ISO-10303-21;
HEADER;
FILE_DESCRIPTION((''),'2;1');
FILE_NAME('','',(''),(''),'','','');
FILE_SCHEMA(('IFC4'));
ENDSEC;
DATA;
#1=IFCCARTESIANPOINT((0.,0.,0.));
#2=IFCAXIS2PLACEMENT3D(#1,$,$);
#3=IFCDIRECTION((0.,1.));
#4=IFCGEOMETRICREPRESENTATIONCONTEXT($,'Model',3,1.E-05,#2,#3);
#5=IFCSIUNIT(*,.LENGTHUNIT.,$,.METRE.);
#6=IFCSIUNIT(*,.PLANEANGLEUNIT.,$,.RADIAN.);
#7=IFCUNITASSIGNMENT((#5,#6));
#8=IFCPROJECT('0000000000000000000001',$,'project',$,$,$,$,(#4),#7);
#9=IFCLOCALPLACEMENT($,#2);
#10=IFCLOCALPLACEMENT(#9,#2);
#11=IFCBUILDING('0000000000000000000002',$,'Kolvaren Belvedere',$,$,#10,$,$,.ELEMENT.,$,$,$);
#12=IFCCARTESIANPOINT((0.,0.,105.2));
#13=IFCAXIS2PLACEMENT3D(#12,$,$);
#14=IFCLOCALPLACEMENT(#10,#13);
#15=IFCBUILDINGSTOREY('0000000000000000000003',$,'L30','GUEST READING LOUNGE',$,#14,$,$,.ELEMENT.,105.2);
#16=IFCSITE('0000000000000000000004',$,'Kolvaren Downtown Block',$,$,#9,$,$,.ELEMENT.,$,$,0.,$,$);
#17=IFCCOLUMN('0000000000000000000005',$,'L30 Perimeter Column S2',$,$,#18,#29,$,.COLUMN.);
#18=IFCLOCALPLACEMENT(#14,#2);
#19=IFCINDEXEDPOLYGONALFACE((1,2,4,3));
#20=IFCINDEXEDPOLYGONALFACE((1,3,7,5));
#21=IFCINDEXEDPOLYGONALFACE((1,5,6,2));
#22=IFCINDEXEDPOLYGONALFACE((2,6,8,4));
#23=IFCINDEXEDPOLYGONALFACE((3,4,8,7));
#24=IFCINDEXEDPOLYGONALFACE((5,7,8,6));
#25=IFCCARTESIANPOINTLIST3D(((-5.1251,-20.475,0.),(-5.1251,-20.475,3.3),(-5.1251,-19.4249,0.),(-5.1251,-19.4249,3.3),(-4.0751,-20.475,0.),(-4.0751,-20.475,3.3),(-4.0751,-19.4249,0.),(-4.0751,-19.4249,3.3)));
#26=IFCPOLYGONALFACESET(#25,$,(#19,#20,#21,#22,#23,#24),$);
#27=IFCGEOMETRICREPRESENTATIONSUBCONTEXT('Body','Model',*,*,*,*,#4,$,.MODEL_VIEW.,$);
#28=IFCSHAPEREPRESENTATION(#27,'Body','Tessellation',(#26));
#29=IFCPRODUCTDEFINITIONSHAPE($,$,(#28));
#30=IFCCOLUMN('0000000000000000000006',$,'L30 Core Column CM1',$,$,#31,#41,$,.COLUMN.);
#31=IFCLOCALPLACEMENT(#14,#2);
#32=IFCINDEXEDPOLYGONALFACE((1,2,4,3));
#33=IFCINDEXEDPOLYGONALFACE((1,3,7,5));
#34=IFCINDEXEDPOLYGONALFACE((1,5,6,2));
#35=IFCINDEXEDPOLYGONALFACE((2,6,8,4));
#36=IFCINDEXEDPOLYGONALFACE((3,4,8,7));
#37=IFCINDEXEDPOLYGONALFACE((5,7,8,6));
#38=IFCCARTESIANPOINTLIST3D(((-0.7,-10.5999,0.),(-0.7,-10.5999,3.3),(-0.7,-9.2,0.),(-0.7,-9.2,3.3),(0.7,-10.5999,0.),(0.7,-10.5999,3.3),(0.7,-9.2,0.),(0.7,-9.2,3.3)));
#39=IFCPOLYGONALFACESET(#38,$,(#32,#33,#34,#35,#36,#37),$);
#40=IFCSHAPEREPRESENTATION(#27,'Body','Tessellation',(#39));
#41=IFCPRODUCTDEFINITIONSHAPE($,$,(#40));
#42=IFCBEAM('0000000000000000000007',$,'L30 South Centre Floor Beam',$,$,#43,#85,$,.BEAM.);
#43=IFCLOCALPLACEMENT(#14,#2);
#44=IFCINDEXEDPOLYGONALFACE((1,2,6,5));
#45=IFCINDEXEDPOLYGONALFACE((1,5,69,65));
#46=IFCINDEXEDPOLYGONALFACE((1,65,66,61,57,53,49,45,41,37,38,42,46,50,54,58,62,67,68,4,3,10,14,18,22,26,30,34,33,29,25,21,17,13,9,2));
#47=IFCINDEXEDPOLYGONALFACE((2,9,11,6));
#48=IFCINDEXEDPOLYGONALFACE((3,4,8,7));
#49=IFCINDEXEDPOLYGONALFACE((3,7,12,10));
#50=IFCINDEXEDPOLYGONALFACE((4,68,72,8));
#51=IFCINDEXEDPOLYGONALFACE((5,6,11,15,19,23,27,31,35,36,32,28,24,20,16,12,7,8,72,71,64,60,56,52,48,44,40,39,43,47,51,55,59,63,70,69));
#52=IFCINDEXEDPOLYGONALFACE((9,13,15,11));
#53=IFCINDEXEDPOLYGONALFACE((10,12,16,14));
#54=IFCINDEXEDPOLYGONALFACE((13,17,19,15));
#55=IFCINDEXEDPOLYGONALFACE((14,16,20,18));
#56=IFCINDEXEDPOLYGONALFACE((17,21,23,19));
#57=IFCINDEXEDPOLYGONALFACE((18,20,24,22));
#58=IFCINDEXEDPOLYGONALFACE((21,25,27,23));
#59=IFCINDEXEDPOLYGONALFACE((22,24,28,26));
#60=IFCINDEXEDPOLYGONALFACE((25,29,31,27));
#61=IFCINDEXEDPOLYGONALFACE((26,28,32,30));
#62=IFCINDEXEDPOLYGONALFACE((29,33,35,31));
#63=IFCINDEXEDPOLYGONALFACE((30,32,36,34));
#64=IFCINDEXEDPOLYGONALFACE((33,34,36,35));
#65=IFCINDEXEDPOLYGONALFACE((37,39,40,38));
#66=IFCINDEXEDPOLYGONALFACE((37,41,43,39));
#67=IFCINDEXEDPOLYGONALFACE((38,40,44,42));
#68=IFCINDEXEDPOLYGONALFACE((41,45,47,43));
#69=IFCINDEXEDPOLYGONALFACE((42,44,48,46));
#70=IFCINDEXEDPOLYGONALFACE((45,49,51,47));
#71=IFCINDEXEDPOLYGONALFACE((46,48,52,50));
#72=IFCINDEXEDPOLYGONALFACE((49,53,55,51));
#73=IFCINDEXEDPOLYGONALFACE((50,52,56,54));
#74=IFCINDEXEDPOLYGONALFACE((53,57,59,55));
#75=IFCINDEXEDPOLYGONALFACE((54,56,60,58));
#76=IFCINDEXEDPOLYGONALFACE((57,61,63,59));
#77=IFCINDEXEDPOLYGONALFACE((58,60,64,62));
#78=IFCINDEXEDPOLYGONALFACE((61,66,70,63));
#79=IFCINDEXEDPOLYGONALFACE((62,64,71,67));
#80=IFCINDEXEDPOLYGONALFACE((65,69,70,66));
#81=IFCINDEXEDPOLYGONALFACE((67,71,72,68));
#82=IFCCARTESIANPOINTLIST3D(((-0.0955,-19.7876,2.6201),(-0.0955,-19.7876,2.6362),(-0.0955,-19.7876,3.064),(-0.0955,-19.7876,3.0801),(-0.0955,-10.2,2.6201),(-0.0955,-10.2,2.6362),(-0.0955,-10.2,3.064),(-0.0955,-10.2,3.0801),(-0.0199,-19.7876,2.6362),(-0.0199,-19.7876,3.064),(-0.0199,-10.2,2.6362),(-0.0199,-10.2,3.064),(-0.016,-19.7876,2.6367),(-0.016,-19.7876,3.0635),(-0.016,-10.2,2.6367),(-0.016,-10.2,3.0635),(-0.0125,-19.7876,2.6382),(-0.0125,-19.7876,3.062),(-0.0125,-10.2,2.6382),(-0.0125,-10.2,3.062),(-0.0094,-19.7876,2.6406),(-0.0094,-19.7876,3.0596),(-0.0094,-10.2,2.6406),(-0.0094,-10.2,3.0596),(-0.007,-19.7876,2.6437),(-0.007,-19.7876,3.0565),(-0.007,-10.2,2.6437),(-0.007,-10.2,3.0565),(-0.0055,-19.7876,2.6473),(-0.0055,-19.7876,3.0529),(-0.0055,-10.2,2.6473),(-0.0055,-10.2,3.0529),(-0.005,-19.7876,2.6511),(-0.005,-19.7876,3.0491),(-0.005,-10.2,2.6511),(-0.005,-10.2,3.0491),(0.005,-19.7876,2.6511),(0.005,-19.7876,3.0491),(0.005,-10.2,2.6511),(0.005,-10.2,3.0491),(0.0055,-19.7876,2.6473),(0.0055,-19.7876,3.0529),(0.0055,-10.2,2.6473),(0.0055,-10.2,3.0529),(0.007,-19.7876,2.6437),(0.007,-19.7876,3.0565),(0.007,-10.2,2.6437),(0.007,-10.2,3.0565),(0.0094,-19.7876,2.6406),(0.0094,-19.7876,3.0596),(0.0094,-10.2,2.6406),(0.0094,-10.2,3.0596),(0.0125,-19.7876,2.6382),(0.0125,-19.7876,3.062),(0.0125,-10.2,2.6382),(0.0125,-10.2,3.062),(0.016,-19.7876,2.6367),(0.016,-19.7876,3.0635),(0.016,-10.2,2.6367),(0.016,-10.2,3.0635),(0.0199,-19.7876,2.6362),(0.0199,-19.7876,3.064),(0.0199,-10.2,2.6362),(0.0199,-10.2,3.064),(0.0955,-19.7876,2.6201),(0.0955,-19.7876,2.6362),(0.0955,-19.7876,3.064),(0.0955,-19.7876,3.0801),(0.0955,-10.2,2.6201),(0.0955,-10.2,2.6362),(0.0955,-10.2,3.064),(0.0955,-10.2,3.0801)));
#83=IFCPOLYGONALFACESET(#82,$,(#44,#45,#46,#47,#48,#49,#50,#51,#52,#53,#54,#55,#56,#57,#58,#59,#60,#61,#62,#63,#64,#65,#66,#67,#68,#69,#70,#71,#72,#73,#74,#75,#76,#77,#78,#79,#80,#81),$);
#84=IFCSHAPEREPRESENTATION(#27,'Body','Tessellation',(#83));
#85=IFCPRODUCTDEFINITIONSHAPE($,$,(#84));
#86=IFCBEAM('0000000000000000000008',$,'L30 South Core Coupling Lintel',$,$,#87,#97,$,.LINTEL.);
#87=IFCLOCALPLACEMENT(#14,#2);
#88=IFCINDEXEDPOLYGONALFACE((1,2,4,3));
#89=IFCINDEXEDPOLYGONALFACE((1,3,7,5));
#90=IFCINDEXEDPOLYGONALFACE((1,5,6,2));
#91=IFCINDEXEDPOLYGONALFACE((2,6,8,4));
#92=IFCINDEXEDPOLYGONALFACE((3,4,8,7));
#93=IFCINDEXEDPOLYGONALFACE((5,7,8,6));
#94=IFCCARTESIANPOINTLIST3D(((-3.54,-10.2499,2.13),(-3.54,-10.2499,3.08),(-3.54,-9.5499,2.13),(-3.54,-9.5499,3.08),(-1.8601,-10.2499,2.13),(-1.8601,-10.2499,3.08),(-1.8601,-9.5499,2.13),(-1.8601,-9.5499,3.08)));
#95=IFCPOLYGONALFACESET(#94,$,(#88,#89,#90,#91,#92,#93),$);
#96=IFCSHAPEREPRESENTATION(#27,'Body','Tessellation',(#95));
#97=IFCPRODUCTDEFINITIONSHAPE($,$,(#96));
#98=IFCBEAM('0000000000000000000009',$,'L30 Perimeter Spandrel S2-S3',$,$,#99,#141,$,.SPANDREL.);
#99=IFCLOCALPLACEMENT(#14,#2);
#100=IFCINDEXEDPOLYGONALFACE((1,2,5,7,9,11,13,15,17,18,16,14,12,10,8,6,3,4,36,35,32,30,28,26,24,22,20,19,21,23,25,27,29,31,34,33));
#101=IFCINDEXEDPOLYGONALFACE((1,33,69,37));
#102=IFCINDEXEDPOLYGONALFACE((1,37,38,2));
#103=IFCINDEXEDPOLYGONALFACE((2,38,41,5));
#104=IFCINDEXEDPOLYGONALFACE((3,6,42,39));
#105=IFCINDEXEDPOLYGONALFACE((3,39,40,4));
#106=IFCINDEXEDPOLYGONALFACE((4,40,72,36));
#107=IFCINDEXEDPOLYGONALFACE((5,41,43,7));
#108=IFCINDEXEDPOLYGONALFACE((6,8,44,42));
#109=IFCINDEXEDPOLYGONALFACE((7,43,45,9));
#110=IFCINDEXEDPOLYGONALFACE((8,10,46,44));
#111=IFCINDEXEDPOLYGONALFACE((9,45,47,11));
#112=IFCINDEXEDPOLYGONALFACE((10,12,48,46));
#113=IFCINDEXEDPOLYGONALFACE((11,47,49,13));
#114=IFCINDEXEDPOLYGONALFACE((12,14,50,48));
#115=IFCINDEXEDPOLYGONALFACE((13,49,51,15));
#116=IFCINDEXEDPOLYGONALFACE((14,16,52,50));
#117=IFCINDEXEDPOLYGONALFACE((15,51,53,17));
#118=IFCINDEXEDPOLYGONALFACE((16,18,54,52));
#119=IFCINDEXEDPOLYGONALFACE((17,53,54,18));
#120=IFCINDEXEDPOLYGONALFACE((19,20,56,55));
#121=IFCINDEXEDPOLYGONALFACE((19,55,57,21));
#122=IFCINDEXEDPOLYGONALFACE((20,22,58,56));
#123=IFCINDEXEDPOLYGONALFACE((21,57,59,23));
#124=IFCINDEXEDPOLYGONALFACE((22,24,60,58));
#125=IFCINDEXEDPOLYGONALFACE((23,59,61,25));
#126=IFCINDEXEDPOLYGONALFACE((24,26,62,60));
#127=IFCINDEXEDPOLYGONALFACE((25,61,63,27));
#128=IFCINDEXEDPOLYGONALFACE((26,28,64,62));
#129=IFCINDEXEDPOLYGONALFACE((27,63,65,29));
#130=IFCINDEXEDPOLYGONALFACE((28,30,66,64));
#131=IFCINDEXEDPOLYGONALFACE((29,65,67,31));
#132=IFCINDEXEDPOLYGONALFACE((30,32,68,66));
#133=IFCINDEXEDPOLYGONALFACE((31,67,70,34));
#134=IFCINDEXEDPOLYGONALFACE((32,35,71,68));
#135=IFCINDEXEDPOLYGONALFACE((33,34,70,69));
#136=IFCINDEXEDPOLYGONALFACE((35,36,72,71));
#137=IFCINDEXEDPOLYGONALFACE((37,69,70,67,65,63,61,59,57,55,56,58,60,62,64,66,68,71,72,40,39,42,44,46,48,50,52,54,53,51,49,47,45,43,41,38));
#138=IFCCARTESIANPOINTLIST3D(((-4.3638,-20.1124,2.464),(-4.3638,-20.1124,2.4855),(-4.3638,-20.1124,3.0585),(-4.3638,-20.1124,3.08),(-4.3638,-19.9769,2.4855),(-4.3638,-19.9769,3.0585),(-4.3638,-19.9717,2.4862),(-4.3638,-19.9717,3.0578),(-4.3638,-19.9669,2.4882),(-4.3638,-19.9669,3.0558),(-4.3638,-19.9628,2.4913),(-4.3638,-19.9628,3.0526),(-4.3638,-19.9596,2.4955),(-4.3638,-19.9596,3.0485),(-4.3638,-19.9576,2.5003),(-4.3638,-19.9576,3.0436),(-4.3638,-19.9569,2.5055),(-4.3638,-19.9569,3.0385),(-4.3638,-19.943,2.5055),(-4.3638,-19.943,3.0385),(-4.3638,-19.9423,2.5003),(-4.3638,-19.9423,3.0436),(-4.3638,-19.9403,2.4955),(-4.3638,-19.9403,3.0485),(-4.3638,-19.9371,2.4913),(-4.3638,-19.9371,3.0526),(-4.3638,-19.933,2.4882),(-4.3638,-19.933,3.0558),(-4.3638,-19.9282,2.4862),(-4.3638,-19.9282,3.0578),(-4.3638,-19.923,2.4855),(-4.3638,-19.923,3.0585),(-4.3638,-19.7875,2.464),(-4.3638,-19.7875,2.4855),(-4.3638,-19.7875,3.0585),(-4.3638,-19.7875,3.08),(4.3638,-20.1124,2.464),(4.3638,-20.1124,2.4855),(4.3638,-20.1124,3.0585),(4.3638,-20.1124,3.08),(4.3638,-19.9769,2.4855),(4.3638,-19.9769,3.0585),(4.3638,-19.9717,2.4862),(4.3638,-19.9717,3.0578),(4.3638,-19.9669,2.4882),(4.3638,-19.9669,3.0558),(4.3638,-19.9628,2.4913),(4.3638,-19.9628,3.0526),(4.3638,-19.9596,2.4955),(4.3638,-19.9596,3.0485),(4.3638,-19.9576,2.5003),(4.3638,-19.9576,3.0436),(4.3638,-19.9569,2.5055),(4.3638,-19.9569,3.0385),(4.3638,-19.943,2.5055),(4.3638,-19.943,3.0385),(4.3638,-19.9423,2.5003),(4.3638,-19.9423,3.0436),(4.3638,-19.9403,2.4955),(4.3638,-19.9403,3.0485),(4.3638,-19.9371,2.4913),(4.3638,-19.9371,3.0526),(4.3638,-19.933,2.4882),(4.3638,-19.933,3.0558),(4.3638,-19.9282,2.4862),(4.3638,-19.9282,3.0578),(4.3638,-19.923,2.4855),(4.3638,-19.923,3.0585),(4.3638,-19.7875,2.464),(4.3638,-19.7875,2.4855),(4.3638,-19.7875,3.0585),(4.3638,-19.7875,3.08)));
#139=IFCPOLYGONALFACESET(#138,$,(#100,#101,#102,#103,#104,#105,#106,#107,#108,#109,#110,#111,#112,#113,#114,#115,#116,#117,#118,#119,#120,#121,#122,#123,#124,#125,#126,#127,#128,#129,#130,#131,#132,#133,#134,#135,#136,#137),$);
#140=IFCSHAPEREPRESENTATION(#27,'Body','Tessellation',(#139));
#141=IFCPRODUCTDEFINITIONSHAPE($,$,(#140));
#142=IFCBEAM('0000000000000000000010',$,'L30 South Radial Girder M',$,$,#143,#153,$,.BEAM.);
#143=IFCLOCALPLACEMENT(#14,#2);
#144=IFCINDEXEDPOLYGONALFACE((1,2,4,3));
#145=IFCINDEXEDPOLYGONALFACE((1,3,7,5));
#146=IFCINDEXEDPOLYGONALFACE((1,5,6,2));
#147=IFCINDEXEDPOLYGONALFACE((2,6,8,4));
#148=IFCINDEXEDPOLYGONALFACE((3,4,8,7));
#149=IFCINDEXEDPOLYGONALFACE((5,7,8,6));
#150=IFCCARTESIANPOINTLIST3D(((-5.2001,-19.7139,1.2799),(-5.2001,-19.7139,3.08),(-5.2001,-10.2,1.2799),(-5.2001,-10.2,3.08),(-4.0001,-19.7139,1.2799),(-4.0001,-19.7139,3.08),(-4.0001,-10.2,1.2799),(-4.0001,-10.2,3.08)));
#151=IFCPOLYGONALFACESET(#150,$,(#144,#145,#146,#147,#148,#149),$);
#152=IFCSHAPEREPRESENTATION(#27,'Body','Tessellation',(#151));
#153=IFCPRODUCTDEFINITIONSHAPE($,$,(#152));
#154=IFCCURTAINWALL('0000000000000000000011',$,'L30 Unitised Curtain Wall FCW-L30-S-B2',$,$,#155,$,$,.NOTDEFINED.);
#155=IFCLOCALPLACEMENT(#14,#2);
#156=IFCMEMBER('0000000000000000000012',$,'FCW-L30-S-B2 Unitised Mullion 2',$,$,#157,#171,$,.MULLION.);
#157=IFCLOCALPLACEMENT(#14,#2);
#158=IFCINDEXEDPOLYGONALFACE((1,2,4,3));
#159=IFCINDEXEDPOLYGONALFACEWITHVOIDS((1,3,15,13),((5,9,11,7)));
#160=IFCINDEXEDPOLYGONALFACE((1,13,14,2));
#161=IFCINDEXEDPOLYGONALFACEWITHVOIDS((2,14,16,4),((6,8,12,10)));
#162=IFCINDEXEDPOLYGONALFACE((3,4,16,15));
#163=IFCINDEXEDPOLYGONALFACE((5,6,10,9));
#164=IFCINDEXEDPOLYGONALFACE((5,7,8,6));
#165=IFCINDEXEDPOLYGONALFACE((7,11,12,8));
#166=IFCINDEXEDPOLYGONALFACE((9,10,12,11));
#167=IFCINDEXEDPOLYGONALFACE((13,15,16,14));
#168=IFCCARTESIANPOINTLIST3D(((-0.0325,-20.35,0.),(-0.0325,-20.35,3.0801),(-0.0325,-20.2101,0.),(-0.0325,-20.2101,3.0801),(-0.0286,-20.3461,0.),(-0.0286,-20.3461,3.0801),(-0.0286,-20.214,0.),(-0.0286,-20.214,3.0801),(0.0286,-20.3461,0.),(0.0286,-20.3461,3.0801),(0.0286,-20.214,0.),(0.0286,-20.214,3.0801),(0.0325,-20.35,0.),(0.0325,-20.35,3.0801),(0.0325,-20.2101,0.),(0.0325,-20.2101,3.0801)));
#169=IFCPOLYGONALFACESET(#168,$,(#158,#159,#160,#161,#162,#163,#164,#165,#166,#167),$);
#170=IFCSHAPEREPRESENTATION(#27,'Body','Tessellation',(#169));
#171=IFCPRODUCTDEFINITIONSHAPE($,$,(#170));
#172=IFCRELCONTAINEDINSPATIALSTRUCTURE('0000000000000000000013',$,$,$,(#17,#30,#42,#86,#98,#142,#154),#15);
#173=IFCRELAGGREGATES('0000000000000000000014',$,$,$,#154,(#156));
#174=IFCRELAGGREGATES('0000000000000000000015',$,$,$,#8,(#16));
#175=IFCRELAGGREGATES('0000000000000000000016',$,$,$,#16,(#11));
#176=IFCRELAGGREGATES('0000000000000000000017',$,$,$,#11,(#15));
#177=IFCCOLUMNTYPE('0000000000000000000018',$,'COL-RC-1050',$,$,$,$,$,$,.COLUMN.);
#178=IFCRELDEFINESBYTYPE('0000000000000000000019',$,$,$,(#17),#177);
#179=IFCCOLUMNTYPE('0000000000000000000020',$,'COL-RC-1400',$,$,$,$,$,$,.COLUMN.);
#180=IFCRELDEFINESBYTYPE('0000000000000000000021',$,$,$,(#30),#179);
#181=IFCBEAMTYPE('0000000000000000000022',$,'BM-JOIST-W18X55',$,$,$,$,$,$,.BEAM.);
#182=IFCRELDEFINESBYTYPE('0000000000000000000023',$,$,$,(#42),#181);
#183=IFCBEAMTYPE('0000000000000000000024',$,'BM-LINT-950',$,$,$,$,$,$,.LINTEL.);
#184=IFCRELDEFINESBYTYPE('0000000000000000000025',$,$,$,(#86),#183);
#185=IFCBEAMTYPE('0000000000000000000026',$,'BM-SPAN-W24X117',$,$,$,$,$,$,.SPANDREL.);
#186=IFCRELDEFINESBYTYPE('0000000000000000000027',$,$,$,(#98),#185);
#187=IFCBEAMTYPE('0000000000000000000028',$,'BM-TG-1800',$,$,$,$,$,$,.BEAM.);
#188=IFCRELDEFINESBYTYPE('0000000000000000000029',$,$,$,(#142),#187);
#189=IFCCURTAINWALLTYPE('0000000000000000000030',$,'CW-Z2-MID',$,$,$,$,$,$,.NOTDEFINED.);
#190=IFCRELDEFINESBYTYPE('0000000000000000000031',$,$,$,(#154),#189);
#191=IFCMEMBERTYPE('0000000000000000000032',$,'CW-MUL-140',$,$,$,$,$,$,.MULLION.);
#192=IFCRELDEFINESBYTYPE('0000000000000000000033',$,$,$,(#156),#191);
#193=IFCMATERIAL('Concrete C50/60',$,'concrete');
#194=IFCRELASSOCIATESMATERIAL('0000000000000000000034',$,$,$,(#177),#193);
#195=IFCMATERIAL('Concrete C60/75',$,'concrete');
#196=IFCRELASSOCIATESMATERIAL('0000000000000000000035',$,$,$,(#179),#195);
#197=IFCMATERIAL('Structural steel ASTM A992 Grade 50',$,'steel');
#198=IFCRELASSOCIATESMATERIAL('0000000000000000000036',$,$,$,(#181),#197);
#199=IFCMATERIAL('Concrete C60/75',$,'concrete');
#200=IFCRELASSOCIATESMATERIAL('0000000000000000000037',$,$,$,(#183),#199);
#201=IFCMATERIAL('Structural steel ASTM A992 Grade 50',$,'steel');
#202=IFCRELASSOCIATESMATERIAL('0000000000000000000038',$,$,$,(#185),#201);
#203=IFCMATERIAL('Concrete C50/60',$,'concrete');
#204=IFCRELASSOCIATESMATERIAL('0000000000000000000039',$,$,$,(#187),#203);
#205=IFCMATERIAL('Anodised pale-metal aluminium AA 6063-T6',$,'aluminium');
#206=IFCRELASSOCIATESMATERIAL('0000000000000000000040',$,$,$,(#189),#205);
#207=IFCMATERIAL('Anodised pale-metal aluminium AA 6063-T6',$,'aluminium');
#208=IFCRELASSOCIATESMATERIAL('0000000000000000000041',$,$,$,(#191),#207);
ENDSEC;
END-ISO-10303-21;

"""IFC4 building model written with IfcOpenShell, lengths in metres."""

from ifc_helpers import new_model, si_unit, direction, frame, origin, origin_2d, place, context, subcontext, project, spatial, rectangle, hollow_rectangle, i_section, extrude, material, material_profile, profile_set, type_object, element, aggregate, save


model = new_model("IFC4")

# Units and contexts
model_context = context("Model", 3, precision=1e-05, world=origin(), true_north=direction((0.0, 1.0)))
body_context = subcontext(model_context, "Body", "Model", "MODEL_VIEW")
ifc_project = project(units=[si_unit("LENGTHUNIT", "METRE"), si_unit("PLANEANGLEUNIT", "RADIAN")], contexts=[model_context])

# Site, building, storey
site_placement = place(None, origin())
site = spatial("IfcSite", under=ifc_project, at=site_placement, Name="Kolvaren Downtown Block", CompositionType="ELEMENT", RefElevation=0.0)
building_placement = place(site_placement, origin())
building = spatial("IfcBuilding", under=site, at=building_placement, Name="Kolvaren Belvedere", CompositionType="ELEMENT")
storey_placement = place(building_placement, frame((0.0, 0.0, 105.2)))
storey = spatial("IfcBuildingStorey", under=building, at=storey_placement, Name="L30", Description="GUEST READING LOUNGE", CompositionType="ELEMENT", Elevation=105.2)

# Columns
ifc_material_1 = material(Name="Concrete C50/60", Category="concrete")
ifc_material_profile_1 = material_profile(ifc_material_1, rectangle(XDim=1.05, YDim=1.05, at=origin_2d()), Name="RC 1050X1050")
ifc_profile_set_1 = profile_set([ifc_material_profile_1], Name="Concrete C50/60")
column_type_1 = type_object("IfcColumnType", Name="COL-RC-1050", PredefinedType="COLUMN", material=ifc_profile_set_1)
column_1_placement = place(storey_placement, frame((-4.6001, -19.95, 0.0), z_axis=(0.0, 0.0, 1.0), x_axis=(1.0, 0.0, 0.0)))
element("IfcColumn", 1, at=column_1_placement, inside=storey, type_object=column_type_1, Name="L30 Perimeter Column S2", PredefinedType="COLUMN", context=body_context, shape_type="SweptSolid", body=[
    extrude(rectangle(XDim=1.05, YDim=1.05, at=origin_2d()), origin(), (0.0, 0.0, 1.0), 3.3),
])
ifc_material_2 = material(Name="Concrete C60/75", Category="concrete")
ifc_material_profile_2 = material_profile(ifc_material_2, rectangle(XDim=1.3999, YDim=1.3999, at=origin_2d()), Name="RC 1400X1400")
ifc_profile_set_2 = profile_set([ifc_material_profile_2], Name="Concrete C60/75")
column_type_2 = type_object("IfcColumnType", Name="COL-RC-1400", PredefinedType="COLUMN", material=ifc_profile_set_2)
column_2_placement = place(storey_placement, frame((0.0, -9.8999, 0.0), z_axis=(0.0, 0.0, 1.0), x_axis=(1.0, 0.0, 0.0)))
element("IfcColumn", 2, at=column_2_placement, inside=storey, type_object=column_type_2, Name="L30 Core Column CM1", PredefinedType="COLUMN", context=body_context, shape_type="SweptSolid", body=[
    extrude(rectangle(XDim=1.3999, YDim=1.3999, at=origin_2d()), origin(), (0.0, 0.0, 1.0), 3.3),
])

# Beams
ifc_material_3 = material(Name="Structural steel ASTM A992 Grade 50", Category="steel")
ifc_material_profile_3 = material_profile(ifc_material_3, i_section(OverallWidth=0.1909, OverallDepth=0.46, WebThickness=0.01, FlangeThickness=0.0161, FilletRadius=0.0149, at=origin_2d()), Name="W18X55")
ifc_profile_set_3 = profile_set([ifc_material_profile_3], Name="Structural steel ASTM A992 Grade 50")
beam_type_1 = type_object("IfcBeamType", Name="BM-JOIST-W18X55", PredefinedType="BEAM", material=ifc_profile_set_3)
beam_1_placement = place(storey_placement, frame((0.0, -10.2, 2.8501), z_axis=(0.0, -1.0, 0.0), x_axis=(1.0, 0.0, 0.0)))
element("IfcBeam", 3, at=beam_1_placement, inside=storey, type_object=beam_type_1, Name="L30 South Centre Floor Beam", PredefinedType="BEAM", context=body_context, shape_type="SweptSolid", body=[
    extrude(i_section(OverallWidth=0.1909, OverallDepth=0.46, WebThickness=0.01, FlangeThickness=0.0161, FilletRadius=0.0149, at=origin_2d()), origin(), (0.0, 0.0, 1.0), 9.5876),
])
ifc_material_4 = material(Name="Concrete C60/75", Category="concrete")
ifc_material_profile_4 = material_profile(ifc_material_4, rectangle(XDim=0.7, YDim=0.95, at=origin_2d()), Name="RC 700X950")
ifc_profile_set_4 = profile_set([ifc_material_profile_4], Name="Concrete C60/75")
beam_type_2 = type_object("IfcBeamType", Name="BM-LINT-950", PredefinedType="LINTEL", material=ifc_profile_set_4)
beam_2_placement = place(storey_placement, frame((-3.54, -9.8999, 2.605), z_axis=(1.0, 0.0, 0.0), x_axis=(0.0, 1.0, 0.0)))
element("IfcBeam", 4, at=beam_2_placement, inside=storey, type_object=beam_type_2, Name="L30 South Core Coupling Lintel", PredefinedType="LINTEL", context=body_context, shape_type="SweptSolid", body=[
    extrude(rectangle(XDim=0.7, YDim=0.95, at=origin_2d()), origin(), (0.0, 0.0, 1.0), 1.6799),
])
ifc_material_5 = material(Name="Structural steel ASTM A992 Grade 50", Category="steel")
ifc_material_profile_5 = material_profile(ifc_material_5, i_section(OverallWidth=0.325, OverallDepth=0.616, WebThickness=0.0139, FlangeThickness=0.0215, FilletRadius=0.02, at=origin_2d()), Name="W24X117")
ifc_profile_set_5 = profile_set([ifc_material_profile_5], Name="Structural steel ASTM A992 Grade 50")
beam_type_3 = type_object("IfcBeamType", Name="BM-SPAN-W24X117", PredefinedType="SPANDREL", material=ifc_profile_set_5)
beam_3_placement = place(storey_placement, frame((-4.3638, -19.95, 2.772), z_axis=(1.0, 0.0, 0.0), x_axis=(0.0, 1.0, 0.0)))
element("IfcBeam", 5, at=beam_3_placement, inside=storey, type_object=beam_type_3, Name="L30 Perimeter Spandrel S2-S3", PredefinedType="SPANDREL", context=body_context, shape_type="SweptSolid", body=[
    extrude(i_section(OverallWidth=0.325, OverallDepth=0.616, WebThickness=0.0139, FlangeThickness=0.0215, FilletRadius=0.02, at=origin_2d()), origin(), (0.0, 0.0, 1.0), 8.7275),
])
ifc_material_6 = material(Name="Concrete C50/60", Category="concrete")
ifc_material_profile_6 = material_profile(ifc_material_6, rectangle(XDim=1.2, YDim=1.8, at=origin_2d()), Name="RC 1200X1800")
ifc_profile_set_6 = profile_set([ifc_material_profile_6], Name="Concrete C50/60")
beam_type_4 = type_object("IfcBeamType", Name="BM-TG-1800", PredefinedType="BEAM", material=ifc_profile_set_6)
beam_4_placement = place(storey_placement, frame((-4.6001, -10.2, 2.1799), z_axis=(0.0, -1.0, 0.0), x_axis=(1.0, 0.0, 0.0)))
element("IfcBeam", 6, at=beam_4_placement, inside=storey, type_object=beam_type_4, Name="L30 South Radial Girder M", PredefinedType="BEAM", context=body_context, shape_type="SweptSolid", body=[
    extrude(rectangle(XDim=1.2, YDim=1.8, at=origin_2d()), origin(), (0.0, 0.0, 1.0), 9.5139),
])

# Curtain wall, member
ifc_material_7 = material(Name="Anodised pale-metal aluminium AA 6063-T6", Category="aluminium")
curtain_wall_type = type_object("IfcCurtainWallType", Name="CW-Z2-MID", PredefinedType="NOTDEFINED", material=ifc_material_7)
curtain_wall_1_placement = place(storey_placement, origin())
curtain_wall_1 = element("IfcCurtainWall", 7, at=curtain_wall_1_placement, inside=storey, type_object=curtain_wall_type, Name="L30 Unitised Curtain Wall FCW-L30-S-B2", PredefinedType="NOTDEFINED")
ifc_material_8 = material(Name="Anodised pale-metal aluminium AA 6063-T6", Category="aluminium")
ifc_material_profile_7 = material_profile(ifc_material_8, hollow_rectangle(XDim=0.0649, YDim=0.1399, WallThickness=0.0039, at=origin_2d()), Name="ALU-MUL-140X65")
ifc_profile_set_7 = profile_set([ifc_material_profile_7], Name="Anodised pale-metal aluminium AA 6063-T6")
member_type_1 = type_object("IfcMemberType", Name="CW-MUL-140", PredefinedType="MULLION", material=ifc_profile_set_7)
member_1_placement = place(storey_placement, frame((0.0, -20.28, 0.0), z_axis=(0.0, 0.0, 1.0), x_axis=(1.0, 0.0, 0.0)))
member_1 = element("IfcMember", 8, at=member_1_placement, type_object=member_type_1, Name="FCW-L30-S-B2 Unitised Mullion 2", PredefinedType="MULLION", context=body_context, shape_type="SweptSolid", body=[
    extrude(hollow_rectangle(XDim=0.0649, YDim=0.1399, WallThickness=0.0039, at=origin_2d()), origin(), (0.0, 0.0, 1.0), 3.0801),
])

aggregate(curtain_wall_1, [member_1])

save(model, "model.ifc")
